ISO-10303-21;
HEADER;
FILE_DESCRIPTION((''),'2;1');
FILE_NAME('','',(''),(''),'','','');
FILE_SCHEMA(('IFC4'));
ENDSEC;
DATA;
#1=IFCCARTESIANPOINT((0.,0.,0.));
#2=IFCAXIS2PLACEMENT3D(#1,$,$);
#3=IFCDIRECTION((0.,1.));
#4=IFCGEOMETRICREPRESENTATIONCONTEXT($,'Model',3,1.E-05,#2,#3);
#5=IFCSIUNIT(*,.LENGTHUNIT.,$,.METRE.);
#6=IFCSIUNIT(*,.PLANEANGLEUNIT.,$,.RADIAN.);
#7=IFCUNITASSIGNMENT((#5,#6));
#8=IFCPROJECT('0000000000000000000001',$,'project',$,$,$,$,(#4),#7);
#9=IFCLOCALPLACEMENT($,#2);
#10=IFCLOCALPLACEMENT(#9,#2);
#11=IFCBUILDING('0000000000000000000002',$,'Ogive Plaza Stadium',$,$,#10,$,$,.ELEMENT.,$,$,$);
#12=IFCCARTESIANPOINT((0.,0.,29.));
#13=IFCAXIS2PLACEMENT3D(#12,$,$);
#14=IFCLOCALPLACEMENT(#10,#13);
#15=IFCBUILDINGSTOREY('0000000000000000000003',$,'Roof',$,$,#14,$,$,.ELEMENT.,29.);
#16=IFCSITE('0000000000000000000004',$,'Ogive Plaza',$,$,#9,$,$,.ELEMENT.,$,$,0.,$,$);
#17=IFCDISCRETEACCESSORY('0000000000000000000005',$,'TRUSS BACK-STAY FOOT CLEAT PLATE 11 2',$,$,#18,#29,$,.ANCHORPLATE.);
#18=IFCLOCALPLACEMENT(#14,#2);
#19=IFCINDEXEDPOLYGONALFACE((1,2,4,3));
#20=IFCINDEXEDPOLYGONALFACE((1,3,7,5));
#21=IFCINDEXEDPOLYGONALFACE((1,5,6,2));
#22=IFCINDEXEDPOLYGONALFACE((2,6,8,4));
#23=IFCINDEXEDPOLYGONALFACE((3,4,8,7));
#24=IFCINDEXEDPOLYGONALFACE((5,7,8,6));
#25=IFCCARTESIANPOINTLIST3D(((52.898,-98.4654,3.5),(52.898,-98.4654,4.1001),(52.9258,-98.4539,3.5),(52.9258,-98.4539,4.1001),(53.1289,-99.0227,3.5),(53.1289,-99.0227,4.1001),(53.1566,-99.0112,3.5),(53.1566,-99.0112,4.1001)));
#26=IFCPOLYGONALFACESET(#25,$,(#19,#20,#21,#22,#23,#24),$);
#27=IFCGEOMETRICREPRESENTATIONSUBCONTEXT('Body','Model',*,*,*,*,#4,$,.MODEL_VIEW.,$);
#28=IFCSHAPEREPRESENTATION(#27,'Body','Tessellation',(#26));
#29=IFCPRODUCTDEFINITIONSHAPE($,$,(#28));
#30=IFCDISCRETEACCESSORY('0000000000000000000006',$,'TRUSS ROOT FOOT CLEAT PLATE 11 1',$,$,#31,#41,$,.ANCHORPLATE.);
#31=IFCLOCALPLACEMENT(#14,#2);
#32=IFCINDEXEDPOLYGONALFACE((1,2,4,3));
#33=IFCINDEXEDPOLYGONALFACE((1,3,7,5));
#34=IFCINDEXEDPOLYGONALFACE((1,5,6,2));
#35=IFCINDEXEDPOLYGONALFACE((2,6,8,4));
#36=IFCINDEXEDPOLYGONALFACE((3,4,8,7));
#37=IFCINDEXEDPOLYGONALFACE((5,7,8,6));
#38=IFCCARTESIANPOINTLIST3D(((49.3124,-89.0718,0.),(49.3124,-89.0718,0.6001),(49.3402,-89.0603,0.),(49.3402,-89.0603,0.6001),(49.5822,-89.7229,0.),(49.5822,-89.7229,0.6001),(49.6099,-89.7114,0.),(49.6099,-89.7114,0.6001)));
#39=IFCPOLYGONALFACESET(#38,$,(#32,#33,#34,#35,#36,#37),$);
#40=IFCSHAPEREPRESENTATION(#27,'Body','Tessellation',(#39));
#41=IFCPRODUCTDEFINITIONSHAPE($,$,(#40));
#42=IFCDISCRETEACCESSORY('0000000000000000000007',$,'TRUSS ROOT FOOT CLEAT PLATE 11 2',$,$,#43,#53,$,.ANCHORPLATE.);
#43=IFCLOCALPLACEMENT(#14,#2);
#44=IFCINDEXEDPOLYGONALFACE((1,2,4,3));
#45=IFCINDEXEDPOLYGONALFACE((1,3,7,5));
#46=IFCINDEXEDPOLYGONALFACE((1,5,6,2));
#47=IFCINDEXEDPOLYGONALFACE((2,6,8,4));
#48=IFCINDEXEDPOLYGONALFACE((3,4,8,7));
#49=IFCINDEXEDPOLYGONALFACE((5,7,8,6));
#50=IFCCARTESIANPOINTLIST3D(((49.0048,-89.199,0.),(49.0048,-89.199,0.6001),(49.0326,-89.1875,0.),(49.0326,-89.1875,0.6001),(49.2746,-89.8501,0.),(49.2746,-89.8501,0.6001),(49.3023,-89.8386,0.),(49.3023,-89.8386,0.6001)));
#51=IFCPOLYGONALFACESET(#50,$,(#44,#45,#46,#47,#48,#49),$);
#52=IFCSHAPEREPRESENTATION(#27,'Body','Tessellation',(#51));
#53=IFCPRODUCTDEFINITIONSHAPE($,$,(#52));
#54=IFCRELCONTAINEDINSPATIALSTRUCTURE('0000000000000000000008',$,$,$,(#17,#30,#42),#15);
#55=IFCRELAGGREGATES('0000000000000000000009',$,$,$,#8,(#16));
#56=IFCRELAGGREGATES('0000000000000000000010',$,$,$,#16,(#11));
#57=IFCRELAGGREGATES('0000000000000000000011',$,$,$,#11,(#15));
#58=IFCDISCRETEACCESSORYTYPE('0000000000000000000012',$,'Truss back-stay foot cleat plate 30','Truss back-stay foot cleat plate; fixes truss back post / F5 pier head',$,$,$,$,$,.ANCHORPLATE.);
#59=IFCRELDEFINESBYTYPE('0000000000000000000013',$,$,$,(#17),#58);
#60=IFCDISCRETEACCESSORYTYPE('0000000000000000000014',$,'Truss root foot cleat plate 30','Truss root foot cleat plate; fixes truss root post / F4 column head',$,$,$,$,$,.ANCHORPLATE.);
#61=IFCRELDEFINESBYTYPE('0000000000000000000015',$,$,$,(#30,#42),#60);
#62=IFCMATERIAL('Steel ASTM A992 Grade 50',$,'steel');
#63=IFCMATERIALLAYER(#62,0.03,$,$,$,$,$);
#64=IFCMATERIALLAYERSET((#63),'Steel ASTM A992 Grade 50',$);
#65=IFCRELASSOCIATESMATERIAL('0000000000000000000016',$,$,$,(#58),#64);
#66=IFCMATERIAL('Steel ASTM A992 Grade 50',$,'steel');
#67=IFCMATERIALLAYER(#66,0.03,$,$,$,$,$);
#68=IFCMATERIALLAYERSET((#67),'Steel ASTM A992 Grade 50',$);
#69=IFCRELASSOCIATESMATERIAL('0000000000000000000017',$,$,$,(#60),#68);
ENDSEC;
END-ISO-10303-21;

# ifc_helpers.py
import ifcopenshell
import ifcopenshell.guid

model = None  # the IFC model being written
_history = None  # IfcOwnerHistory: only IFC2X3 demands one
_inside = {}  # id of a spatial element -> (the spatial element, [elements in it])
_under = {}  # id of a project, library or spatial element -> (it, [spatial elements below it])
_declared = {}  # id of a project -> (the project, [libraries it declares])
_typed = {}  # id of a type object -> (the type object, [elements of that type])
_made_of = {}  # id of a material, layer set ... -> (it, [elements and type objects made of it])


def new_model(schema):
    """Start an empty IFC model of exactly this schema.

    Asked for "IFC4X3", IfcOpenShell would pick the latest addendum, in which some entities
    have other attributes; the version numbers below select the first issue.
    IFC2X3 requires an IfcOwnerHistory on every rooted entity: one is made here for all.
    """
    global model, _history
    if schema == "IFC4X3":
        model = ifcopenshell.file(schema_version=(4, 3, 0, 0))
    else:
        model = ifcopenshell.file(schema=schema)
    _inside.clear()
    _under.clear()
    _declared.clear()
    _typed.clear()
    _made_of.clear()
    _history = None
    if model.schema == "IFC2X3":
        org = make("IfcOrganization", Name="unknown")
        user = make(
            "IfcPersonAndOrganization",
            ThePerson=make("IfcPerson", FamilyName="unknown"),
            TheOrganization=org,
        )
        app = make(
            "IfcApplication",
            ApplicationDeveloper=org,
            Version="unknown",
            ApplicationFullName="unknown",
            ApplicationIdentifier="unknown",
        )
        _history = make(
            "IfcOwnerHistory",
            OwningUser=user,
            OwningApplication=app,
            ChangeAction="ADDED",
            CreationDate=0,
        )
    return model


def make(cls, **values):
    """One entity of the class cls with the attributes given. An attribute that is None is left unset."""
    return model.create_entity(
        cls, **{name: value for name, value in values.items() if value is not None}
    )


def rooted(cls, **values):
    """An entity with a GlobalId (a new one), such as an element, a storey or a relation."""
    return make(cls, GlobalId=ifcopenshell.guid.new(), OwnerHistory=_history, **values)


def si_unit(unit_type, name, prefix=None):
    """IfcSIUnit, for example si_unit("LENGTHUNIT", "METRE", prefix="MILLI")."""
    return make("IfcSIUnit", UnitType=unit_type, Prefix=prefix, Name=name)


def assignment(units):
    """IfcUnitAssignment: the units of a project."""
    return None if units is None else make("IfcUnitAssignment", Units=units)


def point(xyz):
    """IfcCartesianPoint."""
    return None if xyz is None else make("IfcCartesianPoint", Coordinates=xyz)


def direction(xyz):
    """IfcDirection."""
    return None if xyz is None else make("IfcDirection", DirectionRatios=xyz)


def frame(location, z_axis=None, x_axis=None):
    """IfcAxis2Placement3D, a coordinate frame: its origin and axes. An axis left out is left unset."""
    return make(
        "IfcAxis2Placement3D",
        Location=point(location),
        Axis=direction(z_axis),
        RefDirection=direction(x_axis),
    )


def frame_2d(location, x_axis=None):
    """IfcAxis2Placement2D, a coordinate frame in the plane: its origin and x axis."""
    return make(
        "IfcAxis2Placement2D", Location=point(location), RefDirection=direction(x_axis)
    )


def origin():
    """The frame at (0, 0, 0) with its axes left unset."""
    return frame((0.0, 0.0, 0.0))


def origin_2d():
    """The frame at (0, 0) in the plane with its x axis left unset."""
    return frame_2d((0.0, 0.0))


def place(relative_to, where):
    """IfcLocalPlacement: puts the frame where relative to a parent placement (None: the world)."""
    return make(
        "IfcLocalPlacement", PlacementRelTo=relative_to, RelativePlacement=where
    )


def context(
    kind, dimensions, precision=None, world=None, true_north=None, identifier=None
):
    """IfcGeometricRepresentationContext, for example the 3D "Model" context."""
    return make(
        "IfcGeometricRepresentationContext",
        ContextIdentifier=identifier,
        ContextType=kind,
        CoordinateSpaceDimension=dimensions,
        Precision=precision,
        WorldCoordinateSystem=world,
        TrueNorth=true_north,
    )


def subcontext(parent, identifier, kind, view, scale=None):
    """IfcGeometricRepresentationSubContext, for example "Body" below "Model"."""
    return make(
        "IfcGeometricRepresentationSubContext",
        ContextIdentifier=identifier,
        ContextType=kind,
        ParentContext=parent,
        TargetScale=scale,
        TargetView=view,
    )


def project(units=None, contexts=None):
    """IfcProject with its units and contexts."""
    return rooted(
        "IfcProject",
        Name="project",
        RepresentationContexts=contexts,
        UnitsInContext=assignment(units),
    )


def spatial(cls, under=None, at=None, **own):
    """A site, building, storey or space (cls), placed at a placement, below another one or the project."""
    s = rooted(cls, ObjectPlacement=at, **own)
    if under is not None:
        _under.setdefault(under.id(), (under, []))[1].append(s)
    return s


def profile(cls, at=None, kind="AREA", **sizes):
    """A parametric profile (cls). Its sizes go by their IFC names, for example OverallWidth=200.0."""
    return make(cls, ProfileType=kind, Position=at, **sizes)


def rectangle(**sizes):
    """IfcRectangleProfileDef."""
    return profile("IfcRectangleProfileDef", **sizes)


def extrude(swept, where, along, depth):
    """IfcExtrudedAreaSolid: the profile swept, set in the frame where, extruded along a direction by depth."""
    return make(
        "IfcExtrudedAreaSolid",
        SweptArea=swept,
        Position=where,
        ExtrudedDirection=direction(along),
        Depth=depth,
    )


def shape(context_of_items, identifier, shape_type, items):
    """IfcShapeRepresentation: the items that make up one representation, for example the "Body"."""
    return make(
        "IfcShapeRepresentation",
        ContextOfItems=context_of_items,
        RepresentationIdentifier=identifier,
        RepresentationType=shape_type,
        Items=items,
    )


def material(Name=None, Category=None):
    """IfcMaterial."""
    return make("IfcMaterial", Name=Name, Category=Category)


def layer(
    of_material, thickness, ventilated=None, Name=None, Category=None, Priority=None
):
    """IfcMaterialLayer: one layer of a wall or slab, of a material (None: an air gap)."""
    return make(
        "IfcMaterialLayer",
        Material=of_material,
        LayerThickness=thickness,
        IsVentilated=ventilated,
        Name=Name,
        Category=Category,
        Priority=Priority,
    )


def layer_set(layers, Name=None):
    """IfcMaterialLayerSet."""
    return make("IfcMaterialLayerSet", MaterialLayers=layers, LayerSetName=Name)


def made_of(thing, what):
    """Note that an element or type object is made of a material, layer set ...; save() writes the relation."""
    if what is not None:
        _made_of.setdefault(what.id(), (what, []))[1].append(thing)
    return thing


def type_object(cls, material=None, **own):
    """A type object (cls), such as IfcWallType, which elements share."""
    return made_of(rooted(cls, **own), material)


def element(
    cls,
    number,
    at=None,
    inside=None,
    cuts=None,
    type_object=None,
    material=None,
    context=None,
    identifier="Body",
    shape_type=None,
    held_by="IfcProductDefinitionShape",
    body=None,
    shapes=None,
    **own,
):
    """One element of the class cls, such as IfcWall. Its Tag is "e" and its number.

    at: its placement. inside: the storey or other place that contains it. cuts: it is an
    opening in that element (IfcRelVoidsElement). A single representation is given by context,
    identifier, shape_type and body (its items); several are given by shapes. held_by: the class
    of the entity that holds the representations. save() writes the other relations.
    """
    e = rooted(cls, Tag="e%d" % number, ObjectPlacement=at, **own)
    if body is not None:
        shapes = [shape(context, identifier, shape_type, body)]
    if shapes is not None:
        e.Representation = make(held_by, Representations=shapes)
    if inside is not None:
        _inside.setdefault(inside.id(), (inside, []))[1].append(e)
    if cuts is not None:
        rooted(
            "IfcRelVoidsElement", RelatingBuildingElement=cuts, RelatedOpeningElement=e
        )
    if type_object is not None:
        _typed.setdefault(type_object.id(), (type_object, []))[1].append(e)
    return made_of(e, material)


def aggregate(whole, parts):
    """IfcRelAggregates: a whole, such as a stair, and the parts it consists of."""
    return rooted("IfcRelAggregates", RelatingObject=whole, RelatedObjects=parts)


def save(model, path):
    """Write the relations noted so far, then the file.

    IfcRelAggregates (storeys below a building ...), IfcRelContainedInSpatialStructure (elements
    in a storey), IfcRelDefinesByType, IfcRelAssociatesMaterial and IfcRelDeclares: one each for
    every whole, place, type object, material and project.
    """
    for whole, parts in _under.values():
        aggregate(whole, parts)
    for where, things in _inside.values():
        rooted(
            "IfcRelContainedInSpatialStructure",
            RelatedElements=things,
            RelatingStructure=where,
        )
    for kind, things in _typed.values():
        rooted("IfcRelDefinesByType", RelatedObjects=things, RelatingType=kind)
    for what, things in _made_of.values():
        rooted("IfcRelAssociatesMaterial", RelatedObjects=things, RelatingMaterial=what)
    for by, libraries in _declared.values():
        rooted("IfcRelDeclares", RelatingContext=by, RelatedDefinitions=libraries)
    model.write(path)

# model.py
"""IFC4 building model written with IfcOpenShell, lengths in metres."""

from ifc_helpers import new_model, si_unit, direction, frame, origin, origin_2d, place, context, subcontext, project, spatial, rectangle, extrude, material, layer, layer_set, type_object, element, save


model = new_model("IFC4")

# Units and contexts
model_context = context("Model", 3, precision=1e-05, world=origin(), true_north=direction((0.0, 1.0)))
body_context = subcontext(model_context, "Body", "Model", "MODEL_VIEW")
ifc_project = project(units=[si_unit("LENGTHUNIT", "METRE"), si_unit("PLANEANGLEUNIT", "RADIAN")], contexts=[model_context])

# Site, building, storey
site_placement = place(None, origin())
site = spatial("IfcSite", under=ifc_project, at=site_placement, Name="Ogive Plaza", CompositionType="ELEMENT", RefElevation=0.0)
building_placement = place(site_placement, origin())
building = spatial("IfcBuilding", under=site, at=building_placement, Name="Ogive Plaza Stadium", CompositionType="ELEMENT")
storey_placement = place(building_placement, frame((0.0, 0.0, 29.0)))
storey = spatial("IfcBuildingStorey", under=building, at=storey_placement, Name="Roof", CompositionType="ELEMENT", Elevation=29.0)

# Discrete accessories
ifc_material_1 = material(Name="Steel ASTM A992 Grade 50", Category="steel")
ifc_layer_1 = layer(ifc_material_1, 0.03)
ifc_layer_set_1 = layer_set([ifc_layer_1], Name="Steel ASTM A992 Grade 50")
discrete_accessory_type_1 = type_object("IfcDiscreteAccessoryType", Name="Truss back-stay foot cleat plate 30", Description="Truss back-stay foot cleat plate; fixes truss back post / F5 pier head", PredefinedType="ANCHORPLATE", material=ifc_layer_set_1)
for number, where, z_axis, x_axis, name in (
    (1, (53.0273, -98.7383, 3.5), (0.0, 0.0, 1.0), (0.382683, -0.92388, 0.0), "TRUSS BACK-STAY FOOT CLEAT PLATE 11 2"),
):
    element("IfcDiscreteAccessory", number, at=place(storey_placement, frame(where, z_axis=z_axis, x_axis=x_axis)), inside=storey, type_object=discrete_accessory_type_1, Name=name, PredefinedType="ANCHORPLATE", context=body_context, shape_type="SweptSolid", body=[
        extrude(rectangle(XDim=0.6033, YDim=0.03, at=origin_2d()), origin(), (0.0, 0.0, 1.0), 0.6001),
    ])
ifc_material_2 = material(Name="Steel ASTM A992 Grade 50", Category="steel")
ifc_layer_2 = layer(ifc_material_2, 0.03)
ifc_layer_set_2 = layer_set([ifc_layer_2], Name="Steel ASTM A992 Grade 50")
discrete_accessory_type_2 = type_object("IfcDiscreteAccessoryType", Name="Truss root foot cleat plate 30", Description="Truss root foot cleat plate; fixes truss root post / F4 column head", PredefinedType="ANCHORPLATE", material=ifc_layer_set_2)
for number, where, z_axis, x_axis, name in (
    (2, (49.4612, -89.3916, 0.0), (0.0, 0.0, 1.0), (0.382683, -0.92388, 0.0), "TRUSS ROOT FOOT CLEAT PLATE 11 1"),
    (3, (49.1536, -89.5188, 0.0), (0.0, 0.0, 1.0), (0.382683, -0.92388, 0.0), "TRUSS ROOT FOOT CLEAT PLATE 11 2"),
):
    element("IfcDiscreteAccessory", number, at=place(storey_placement, frame(where, z_axis=z_axis, x_axis=x_axis)), inside=storey, type_object=discrete_accessory_type_2, Name=name, PredefinedType="ANCHORPLATE", context=body_context, shape_type="SweptSolid", body=[
        extrude(rectangle(XDim=0.7048, YDim=0.03, at=origin_2d()), origin(), (0.0, 0.0, 1.0), 0.6001),
    ])

save(model, "model.ifc")
